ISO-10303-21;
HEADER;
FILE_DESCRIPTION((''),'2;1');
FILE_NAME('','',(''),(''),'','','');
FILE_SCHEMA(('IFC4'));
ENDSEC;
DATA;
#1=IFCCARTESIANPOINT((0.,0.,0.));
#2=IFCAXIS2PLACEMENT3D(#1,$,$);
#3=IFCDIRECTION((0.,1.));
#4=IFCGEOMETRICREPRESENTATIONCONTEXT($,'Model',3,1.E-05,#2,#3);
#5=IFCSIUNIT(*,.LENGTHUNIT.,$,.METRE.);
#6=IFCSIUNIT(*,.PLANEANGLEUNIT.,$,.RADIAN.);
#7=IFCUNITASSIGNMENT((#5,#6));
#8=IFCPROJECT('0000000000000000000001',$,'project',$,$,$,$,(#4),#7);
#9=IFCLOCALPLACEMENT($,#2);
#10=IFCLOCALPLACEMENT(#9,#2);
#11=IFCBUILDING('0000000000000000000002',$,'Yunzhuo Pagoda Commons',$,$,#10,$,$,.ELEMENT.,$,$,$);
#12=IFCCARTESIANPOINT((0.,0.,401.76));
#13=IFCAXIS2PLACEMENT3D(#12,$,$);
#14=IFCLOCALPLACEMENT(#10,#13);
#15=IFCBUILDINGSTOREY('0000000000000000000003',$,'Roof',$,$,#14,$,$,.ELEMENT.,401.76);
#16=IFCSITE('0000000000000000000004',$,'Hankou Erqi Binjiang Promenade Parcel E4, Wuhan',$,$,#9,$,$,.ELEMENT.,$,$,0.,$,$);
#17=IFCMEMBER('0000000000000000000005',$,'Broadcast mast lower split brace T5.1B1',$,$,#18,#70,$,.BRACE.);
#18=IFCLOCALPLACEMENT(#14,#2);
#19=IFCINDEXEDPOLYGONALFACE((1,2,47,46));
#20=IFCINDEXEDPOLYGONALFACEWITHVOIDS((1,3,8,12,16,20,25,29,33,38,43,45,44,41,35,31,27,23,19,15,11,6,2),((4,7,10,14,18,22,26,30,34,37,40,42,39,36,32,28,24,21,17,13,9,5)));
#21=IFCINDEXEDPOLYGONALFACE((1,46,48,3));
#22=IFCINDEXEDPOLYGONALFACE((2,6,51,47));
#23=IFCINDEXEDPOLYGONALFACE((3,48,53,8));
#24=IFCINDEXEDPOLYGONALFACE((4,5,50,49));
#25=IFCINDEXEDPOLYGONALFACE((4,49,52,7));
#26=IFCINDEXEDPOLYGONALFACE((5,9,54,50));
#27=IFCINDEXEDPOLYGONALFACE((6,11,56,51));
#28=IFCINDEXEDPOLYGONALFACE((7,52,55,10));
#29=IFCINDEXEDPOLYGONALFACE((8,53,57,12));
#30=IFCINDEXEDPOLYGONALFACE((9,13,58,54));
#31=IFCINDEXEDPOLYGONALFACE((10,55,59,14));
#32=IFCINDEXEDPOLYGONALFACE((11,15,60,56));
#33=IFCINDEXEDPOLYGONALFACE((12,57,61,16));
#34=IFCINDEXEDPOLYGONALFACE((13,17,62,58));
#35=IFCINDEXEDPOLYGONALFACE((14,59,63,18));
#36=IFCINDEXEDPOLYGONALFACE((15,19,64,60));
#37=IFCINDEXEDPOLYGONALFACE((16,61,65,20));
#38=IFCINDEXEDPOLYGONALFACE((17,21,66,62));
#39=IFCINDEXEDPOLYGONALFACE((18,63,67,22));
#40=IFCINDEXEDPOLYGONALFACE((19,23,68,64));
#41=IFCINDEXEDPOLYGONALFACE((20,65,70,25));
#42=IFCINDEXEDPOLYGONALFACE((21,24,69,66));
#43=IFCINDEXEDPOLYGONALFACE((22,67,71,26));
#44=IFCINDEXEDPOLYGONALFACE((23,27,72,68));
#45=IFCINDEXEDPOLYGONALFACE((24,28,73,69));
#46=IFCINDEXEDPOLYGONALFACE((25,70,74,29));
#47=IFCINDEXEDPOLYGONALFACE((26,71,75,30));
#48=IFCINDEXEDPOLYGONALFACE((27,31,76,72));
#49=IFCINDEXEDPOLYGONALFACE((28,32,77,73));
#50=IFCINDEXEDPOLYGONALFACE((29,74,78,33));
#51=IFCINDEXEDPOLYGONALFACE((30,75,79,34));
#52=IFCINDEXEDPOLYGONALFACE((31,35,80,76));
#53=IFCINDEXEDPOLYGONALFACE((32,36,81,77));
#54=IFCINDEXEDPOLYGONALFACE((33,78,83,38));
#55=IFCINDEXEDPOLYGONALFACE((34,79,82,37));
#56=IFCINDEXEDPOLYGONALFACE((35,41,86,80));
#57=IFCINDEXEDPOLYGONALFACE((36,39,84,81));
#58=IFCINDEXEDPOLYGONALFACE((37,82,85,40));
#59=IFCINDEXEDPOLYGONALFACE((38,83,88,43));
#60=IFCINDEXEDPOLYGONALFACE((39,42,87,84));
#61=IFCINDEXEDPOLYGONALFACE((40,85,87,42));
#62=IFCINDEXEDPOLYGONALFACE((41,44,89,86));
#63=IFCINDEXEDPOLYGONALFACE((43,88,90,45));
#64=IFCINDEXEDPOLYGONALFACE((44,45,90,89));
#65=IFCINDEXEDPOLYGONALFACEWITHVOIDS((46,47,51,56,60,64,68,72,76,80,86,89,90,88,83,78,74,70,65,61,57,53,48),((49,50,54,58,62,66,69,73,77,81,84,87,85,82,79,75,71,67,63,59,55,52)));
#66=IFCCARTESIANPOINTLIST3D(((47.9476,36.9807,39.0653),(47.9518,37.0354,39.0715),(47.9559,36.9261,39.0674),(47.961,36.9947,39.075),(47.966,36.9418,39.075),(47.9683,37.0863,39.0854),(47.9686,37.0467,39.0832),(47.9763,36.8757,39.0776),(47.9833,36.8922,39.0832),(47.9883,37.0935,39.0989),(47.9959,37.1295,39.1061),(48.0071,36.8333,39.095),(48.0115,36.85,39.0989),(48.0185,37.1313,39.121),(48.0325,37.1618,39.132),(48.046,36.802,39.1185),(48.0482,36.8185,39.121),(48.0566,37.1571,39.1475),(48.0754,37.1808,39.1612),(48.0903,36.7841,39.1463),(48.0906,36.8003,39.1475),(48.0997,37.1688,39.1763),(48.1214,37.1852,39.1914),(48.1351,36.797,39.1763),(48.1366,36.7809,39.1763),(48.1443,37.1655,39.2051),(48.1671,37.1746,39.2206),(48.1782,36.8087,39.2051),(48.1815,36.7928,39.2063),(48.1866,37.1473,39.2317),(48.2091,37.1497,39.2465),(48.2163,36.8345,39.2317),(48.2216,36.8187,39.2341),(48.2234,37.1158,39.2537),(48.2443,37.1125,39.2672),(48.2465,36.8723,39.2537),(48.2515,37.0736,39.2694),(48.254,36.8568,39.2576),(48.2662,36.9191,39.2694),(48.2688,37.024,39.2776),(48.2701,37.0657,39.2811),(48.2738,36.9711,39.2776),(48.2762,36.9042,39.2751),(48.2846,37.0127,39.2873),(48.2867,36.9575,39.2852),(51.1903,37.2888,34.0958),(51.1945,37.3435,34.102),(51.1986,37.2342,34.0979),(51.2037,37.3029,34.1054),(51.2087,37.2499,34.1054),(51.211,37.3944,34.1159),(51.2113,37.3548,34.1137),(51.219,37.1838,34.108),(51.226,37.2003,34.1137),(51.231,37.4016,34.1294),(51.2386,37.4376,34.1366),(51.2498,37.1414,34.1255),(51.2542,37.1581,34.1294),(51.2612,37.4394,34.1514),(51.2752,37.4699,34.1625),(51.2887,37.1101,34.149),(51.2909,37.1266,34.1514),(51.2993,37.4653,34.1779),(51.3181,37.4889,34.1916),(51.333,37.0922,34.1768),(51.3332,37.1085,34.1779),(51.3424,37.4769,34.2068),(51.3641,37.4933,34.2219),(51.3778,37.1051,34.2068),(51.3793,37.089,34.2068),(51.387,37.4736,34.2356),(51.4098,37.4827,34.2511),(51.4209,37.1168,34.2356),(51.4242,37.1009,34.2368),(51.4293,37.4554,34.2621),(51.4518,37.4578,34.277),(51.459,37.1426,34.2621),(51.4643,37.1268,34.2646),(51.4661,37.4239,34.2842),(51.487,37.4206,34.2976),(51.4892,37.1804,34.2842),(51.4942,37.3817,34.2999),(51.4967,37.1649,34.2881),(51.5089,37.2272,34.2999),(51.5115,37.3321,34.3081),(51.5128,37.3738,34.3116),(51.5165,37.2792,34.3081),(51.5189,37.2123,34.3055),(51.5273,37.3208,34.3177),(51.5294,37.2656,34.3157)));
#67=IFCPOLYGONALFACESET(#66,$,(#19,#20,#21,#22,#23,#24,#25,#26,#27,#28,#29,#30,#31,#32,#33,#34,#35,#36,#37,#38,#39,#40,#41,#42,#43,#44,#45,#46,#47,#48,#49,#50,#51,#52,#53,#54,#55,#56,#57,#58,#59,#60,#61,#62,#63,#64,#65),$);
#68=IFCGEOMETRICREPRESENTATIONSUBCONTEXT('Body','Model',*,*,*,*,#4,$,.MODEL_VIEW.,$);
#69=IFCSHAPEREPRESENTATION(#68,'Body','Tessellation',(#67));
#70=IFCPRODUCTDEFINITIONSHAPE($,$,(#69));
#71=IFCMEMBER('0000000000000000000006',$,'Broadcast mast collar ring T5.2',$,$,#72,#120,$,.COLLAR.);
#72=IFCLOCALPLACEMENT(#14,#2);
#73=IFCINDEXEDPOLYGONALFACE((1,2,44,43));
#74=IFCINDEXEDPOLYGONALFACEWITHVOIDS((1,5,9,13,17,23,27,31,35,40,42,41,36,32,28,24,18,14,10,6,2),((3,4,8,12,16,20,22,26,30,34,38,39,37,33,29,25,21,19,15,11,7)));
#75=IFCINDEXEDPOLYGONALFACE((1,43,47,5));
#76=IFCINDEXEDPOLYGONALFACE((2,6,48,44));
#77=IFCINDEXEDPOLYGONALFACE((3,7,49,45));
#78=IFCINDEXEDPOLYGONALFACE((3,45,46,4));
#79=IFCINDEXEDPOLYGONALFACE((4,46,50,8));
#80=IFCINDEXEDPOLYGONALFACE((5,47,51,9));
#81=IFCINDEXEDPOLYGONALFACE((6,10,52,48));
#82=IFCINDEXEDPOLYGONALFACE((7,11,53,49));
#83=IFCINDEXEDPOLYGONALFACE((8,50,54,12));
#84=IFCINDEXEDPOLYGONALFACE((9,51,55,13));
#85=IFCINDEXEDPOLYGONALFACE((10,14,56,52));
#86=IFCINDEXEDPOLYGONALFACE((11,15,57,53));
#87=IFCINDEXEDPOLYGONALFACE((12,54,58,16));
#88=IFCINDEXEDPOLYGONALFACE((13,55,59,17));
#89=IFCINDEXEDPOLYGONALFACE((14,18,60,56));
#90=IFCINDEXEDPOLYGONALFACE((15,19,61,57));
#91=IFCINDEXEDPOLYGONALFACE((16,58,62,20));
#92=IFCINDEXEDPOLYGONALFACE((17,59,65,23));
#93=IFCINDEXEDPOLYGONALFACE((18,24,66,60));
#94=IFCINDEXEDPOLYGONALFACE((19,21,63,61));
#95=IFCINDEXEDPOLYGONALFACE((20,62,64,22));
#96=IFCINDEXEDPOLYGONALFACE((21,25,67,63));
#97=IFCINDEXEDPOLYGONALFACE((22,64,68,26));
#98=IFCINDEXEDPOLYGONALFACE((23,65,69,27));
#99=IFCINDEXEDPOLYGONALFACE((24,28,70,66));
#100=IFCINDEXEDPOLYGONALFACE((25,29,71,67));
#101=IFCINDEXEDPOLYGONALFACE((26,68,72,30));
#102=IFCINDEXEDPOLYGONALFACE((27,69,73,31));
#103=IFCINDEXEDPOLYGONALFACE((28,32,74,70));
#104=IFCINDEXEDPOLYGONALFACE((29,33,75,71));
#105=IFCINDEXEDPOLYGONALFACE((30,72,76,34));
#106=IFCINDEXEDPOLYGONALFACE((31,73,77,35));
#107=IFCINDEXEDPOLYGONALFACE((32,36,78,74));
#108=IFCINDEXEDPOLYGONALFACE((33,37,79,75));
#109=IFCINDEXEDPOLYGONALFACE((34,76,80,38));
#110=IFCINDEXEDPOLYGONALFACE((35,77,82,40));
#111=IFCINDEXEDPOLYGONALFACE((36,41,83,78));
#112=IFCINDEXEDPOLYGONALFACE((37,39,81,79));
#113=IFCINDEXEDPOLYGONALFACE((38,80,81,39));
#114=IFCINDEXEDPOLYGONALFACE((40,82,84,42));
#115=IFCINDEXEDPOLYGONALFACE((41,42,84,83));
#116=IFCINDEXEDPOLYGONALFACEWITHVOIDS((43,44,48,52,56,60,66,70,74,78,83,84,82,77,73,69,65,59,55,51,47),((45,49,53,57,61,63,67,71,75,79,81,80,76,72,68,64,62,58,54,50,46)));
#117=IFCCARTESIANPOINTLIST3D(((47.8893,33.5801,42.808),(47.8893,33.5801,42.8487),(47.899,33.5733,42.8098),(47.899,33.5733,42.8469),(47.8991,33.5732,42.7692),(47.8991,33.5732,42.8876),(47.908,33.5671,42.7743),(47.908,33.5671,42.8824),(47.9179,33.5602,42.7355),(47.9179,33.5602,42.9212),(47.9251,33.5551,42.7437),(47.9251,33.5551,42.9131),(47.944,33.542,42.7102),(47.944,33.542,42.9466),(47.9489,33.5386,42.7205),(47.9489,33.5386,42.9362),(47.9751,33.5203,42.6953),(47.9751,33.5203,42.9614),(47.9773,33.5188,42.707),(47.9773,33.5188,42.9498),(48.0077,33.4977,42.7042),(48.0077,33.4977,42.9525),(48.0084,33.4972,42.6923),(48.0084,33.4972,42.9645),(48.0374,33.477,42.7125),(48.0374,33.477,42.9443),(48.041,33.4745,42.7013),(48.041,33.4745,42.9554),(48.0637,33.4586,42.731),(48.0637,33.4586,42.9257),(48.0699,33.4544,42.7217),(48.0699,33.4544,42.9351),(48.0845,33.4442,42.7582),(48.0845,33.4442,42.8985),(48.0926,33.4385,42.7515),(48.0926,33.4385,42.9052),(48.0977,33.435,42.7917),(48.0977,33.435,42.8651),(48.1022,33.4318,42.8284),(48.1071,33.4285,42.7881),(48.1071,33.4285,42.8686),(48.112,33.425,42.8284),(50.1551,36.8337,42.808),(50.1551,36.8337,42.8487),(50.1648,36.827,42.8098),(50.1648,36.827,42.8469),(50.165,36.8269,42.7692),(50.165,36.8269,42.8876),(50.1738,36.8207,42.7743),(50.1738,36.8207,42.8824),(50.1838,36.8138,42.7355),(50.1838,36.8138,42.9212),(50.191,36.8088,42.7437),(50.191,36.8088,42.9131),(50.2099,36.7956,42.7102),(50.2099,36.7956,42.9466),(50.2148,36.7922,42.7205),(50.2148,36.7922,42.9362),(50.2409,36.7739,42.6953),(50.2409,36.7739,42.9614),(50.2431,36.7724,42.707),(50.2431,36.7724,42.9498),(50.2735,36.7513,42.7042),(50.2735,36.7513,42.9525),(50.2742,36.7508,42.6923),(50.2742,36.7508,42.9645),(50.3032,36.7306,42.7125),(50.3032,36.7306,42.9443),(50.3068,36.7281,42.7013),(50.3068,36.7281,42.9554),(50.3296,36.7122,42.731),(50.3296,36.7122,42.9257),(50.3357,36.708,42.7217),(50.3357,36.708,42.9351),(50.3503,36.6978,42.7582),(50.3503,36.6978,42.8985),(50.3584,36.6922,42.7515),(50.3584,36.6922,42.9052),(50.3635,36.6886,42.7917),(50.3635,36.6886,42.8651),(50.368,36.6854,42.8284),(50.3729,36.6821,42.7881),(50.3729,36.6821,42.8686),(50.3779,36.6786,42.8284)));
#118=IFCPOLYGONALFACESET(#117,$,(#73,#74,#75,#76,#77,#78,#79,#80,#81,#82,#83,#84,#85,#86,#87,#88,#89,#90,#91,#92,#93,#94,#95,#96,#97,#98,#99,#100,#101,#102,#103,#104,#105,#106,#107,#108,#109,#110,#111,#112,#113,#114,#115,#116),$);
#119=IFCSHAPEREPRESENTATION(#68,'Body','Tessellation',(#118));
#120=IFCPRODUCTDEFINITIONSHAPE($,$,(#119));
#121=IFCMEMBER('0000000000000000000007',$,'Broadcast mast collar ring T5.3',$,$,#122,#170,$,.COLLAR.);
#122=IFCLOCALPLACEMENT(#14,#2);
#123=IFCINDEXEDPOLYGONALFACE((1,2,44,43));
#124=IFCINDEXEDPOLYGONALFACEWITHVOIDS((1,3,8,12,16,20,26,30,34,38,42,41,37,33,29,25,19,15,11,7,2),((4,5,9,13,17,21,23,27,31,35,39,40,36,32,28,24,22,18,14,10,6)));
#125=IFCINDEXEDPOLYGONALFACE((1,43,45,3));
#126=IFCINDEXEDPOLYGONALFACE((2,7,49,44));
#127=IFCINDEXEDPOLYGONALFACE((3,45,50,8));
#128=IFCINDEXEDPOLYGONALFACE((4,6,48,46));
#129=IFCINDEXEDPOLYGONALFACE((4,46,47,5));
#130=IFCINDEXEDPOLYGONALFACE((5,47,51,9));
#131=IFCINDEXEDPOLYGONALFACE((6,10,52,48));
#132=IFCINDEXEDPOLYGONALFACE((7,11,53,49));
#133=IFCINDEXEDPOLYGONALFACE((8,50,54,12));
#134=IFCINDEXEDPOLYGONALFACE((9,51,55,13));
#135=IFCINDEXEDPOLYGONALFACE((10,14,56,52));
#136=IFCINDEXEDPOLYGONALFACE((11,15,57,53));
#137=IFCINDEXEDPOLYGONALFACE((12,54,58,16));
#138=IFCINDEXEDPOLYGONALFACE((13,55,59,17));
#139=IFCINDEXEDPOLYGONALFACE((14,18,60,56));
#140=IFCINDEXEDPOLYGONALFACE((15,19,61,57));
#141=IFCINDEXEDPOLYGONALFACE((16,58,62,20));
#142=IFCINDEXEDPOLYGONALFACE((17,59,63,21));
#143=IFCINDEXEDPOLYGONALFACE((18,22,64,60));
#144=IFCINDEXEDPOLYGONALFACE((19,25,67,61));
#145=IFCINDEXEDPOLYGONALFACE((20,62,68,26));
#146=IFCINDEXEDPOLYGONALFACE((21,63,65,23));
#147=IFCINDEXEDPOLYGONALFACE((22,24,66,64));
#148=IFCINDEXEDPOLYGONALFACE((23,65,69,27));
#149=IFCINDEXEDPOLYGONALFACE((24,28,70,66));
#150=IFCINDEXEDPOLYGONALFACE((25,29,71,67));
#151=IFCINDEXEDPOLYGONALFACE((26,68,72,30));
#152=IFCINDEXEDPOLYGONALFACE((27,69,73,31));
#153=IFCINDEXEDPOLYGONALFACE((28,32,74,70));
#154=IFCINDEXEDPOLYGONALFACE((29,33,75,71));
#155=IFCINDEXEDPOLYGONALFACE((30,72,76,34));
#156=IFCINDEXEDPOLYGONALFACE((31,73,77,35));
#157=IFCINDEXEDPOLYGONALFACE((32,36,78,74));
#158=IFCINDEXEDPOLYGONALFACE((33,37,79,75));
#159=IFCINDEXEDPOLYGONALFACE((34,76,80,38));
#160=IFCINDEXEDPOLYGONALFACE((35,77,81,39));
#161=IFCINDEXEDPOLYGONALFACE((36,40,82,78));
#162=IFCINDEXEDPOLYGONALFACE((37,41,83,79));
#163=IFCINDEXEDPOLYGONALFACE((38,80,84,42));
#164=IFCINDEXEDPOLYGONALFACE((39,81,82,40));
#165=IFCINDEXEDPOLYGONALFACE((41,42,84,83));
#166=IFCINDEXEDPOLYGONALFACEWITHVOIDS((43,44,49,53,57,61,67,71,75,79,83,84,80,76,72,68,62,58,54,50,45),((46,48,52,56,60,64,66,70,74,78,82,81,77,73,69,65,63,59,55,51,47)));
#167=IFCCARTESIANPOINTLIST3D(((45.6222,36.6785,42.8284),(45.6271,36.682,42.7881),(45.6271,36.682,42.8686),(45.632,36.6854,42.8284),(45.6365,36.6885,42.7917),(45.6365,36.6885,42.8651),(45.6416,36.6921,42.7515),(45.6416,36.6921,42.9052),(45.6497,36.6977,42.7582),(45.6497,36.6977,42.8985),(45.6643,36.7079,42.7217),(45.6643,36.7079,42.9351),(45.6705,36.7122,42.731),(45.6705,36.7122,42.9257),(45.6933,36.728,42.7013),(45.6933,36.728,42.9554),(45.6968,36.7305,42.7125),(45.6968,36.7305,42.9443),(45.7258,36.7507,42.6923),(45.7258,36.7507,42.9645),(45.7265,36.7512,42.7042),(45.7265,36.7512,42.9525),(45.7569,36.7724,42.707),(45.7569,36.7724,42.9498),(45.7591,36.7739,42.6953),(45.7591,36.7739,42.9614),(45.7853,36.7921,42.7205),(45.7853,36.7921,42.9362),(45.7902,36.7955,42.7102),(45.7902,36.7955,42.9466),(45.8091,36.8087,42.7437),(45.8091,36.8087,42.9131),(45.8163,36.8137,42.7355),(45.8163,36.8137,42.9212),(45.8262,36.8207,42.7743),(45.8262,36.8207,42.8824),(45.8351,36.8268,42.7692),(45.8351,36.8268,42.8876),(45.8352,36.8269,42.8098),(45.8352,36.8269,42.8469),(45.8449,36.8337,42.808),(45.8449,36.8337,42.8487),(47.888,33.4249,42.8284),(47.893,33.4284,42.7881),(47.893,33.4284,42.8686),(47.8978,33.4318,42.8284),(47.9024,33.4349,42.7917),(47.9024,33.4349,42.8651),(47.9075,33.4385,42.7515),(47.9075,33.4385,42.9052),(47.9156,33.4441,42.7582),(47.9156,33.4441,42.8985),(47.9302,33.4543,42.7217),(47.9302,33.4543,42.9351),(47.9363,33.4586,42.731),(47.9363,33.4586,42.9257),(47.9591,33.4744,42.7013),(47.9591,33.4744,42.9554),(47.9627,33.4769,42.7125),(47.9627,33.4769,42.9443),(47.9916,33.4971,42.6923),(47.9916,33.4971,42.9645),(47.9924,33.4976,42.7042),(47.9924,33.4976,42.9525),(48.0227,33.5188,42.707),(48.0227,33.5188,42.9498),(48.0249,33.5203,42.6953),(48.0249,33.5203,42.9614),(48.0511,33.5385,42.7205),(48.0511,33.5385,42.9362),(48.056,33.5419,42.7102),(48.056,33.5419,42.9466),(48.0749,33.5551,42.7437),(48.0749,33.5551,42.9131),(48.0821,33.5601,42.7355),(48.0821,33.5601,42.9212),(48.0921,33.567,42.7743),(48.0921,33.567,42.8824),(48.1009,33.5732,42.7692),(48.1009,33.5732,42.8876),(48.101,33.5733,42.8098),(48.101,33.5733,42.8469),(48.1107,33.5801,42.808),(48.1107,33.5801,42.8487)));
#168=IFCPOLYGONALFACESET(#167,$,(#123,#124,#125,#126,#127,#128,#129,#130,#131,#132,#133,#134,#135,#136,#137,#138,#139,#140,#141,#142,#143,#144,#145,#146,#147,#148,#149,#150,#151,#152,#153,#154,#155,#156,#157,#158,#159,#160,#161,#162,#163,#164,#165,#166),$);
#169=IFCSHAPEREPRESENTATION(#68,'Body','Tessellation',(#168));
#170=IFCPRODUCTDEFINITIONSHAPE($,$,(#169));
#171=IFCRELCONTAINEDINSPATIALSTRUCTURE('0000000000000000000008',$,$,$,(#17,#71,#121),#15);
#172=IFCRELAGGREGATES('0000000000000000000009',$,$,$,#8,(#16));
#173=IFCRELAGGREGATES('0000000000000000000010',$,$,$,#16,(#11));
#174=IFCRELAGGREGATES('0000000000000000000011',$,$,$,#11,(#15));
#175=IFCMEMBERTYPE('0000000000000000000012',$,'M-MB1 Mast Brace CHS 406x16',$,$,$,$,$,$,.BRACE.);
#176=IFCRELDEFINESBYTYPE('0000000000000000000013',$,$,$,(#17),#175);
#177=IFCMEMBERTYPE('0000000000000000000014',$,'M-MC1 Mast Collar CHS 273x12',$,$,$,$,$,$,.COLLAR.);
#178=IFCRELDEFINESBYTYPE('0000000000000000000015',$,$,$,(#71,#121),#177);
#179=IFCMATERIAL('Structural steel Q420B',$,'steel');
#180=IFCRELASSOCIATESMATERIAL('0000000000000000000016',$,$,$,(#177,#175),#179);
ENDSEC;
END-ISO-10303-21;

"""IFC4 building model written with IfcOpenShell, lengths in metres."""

from ifc_helpers import new_model, si_unit, direction, frame, origin, origin_2d, place, context, subcontext, project, spatial, hollow_circle, extrude, source, transform, mapped, material, material_profile, profile_set, type_object, element, save


model = new_model("IFC4")

# Units and contexts
model_context = context("Model", 3, precision=1e-05, world=origin(), true_north=direction((0.0, 1.0)))
body_context = subcontext(model_context, "Body", "Model", "MODEL_VIEW")
ifc_project = project(units=[si_unit("LENGTHUNIT", "METRE"), si_unit("PLANEANGLEUNIT", "RADIAN")], contexts=[model_context])

# Site, building, storey
site_placement = place(None, origin())
site = spatial("IfcSite", under=ifc_project, at=site_placement, Name="Hankou Erqi Binjiang Promenade Parcel E4, Wuhan", CompositionType="ELEMENT", RefElevation=0.0)
building_placement = place(site_placement, origin())
building = spatial("IfcBuilding", under=site, at=building_placement, Name="Yunzhuo Pagoda Commons", CompositionType="ELEMENT")
storey_placement = place(building_placement, frame((0.0, 0.0, 401.76)))
storey = spatial("IfcBuildingStorey", under=building, at=storey_placement, Name="Roof", CompositionType="ELEMENT", Elevation=401.76)

# Members
ifc_material_1 = material(Name="Structural steel Q420B", Category="steel")
ifc_material_profile_1 = material_profile(ifc_material_1, hollow_circle(Radius=0.1365, WallThickness=0.012, at=origin_2d()), Name="Structural steel Q420B")
ifc_profile_set_1 = profile_set([ifc_material_profile_1], Name="Structural steel Q420B")
member_type_1 = type_object("IfcMemberType", Name="M-MC1 Mast Collar CHS 273x12", PredefinedType="COLLAR", material=ifc_profile_set_1)
ifc_material_profile_2 = material_profile(ifc_material_1, hollow_circle(Radius=0.2029, WallThickness=0.0161, at=origin_2d()), Name="Structural steel Q420B")
ifc_profile_set_2 = profile_set([ifc_material_profile_2], Name="Structural steel Q420B")
member_type_2 = type_object("IfcMemberType", Name="M-MB1 Mast Brace CHS 406x16", PredefinedType="BRACE", material=ifc_profile_set_2)
shared_shape_1 = source(origin(), body_context, "Body", "SweptSolid", [
    extrude(hollow_circle(Radius=0.2029, WallThickness=0.0161, at=origin_2d()), origin(), (0.0, 0.0, 1.0), 5.9419),
])
member_1_placement = place(storey_placement, frame((51.3601, 37.291, 34.2068), z_axis=(-0.545735, -0.051853, 0.836352), x_axis=(0.09459, -0.995516, 0.0)))
element("IfcMember", 1, at=member_1_placement, inside=storey, type_object=member_type_2, Name="Broadcast mast lower split brace T5.1B1", PredefinedType="BRACE", context=body_context, shape_type="MappedRepresentation", body=[
    mapped(shared_shape_1, transform((0.0, 0.0, 0.0), scale=1.0)),
])
shared_shape_2 = source(origin(), body_context, "Body", "SweptSolid", [
    extrude(hollow_circle(Radius=0.1365, WallThickness=0.012, at=origin_2d()), origin(), (0.0, 0.0, 1.0), 3.9648),
])
for number, where, z_axis, x_axis, name in (
    (2, (50.2659, 36.7566, 42.8284), (-0.571481, -0.820615, 0.0), (0.820615, -0.571481, 0.0), "Broadcast mast collar ring T5.2"),
    (3, (48.0, 33.5029, 42.8284), (-0.571481, 0.820615, 0.0), (-0.820615, -0.571481, 0.0), "Broadcast mast collar ring T5.3"),
):
    element("IfcMember", number, at=place(storey_placement, frame(where, z_axis=z_axis, x_axis=x_axis)), inside=storey, type_object=member_type_1, Name=name, PredefinedType="COLLAR", context=body_context, shape_type="MappedRepresentation", body=[
        mapped(shared_shape_2, transform((0.0, 0.0, 0.0), scale=1.0)),
    ])

save(model, "model.ifc")
